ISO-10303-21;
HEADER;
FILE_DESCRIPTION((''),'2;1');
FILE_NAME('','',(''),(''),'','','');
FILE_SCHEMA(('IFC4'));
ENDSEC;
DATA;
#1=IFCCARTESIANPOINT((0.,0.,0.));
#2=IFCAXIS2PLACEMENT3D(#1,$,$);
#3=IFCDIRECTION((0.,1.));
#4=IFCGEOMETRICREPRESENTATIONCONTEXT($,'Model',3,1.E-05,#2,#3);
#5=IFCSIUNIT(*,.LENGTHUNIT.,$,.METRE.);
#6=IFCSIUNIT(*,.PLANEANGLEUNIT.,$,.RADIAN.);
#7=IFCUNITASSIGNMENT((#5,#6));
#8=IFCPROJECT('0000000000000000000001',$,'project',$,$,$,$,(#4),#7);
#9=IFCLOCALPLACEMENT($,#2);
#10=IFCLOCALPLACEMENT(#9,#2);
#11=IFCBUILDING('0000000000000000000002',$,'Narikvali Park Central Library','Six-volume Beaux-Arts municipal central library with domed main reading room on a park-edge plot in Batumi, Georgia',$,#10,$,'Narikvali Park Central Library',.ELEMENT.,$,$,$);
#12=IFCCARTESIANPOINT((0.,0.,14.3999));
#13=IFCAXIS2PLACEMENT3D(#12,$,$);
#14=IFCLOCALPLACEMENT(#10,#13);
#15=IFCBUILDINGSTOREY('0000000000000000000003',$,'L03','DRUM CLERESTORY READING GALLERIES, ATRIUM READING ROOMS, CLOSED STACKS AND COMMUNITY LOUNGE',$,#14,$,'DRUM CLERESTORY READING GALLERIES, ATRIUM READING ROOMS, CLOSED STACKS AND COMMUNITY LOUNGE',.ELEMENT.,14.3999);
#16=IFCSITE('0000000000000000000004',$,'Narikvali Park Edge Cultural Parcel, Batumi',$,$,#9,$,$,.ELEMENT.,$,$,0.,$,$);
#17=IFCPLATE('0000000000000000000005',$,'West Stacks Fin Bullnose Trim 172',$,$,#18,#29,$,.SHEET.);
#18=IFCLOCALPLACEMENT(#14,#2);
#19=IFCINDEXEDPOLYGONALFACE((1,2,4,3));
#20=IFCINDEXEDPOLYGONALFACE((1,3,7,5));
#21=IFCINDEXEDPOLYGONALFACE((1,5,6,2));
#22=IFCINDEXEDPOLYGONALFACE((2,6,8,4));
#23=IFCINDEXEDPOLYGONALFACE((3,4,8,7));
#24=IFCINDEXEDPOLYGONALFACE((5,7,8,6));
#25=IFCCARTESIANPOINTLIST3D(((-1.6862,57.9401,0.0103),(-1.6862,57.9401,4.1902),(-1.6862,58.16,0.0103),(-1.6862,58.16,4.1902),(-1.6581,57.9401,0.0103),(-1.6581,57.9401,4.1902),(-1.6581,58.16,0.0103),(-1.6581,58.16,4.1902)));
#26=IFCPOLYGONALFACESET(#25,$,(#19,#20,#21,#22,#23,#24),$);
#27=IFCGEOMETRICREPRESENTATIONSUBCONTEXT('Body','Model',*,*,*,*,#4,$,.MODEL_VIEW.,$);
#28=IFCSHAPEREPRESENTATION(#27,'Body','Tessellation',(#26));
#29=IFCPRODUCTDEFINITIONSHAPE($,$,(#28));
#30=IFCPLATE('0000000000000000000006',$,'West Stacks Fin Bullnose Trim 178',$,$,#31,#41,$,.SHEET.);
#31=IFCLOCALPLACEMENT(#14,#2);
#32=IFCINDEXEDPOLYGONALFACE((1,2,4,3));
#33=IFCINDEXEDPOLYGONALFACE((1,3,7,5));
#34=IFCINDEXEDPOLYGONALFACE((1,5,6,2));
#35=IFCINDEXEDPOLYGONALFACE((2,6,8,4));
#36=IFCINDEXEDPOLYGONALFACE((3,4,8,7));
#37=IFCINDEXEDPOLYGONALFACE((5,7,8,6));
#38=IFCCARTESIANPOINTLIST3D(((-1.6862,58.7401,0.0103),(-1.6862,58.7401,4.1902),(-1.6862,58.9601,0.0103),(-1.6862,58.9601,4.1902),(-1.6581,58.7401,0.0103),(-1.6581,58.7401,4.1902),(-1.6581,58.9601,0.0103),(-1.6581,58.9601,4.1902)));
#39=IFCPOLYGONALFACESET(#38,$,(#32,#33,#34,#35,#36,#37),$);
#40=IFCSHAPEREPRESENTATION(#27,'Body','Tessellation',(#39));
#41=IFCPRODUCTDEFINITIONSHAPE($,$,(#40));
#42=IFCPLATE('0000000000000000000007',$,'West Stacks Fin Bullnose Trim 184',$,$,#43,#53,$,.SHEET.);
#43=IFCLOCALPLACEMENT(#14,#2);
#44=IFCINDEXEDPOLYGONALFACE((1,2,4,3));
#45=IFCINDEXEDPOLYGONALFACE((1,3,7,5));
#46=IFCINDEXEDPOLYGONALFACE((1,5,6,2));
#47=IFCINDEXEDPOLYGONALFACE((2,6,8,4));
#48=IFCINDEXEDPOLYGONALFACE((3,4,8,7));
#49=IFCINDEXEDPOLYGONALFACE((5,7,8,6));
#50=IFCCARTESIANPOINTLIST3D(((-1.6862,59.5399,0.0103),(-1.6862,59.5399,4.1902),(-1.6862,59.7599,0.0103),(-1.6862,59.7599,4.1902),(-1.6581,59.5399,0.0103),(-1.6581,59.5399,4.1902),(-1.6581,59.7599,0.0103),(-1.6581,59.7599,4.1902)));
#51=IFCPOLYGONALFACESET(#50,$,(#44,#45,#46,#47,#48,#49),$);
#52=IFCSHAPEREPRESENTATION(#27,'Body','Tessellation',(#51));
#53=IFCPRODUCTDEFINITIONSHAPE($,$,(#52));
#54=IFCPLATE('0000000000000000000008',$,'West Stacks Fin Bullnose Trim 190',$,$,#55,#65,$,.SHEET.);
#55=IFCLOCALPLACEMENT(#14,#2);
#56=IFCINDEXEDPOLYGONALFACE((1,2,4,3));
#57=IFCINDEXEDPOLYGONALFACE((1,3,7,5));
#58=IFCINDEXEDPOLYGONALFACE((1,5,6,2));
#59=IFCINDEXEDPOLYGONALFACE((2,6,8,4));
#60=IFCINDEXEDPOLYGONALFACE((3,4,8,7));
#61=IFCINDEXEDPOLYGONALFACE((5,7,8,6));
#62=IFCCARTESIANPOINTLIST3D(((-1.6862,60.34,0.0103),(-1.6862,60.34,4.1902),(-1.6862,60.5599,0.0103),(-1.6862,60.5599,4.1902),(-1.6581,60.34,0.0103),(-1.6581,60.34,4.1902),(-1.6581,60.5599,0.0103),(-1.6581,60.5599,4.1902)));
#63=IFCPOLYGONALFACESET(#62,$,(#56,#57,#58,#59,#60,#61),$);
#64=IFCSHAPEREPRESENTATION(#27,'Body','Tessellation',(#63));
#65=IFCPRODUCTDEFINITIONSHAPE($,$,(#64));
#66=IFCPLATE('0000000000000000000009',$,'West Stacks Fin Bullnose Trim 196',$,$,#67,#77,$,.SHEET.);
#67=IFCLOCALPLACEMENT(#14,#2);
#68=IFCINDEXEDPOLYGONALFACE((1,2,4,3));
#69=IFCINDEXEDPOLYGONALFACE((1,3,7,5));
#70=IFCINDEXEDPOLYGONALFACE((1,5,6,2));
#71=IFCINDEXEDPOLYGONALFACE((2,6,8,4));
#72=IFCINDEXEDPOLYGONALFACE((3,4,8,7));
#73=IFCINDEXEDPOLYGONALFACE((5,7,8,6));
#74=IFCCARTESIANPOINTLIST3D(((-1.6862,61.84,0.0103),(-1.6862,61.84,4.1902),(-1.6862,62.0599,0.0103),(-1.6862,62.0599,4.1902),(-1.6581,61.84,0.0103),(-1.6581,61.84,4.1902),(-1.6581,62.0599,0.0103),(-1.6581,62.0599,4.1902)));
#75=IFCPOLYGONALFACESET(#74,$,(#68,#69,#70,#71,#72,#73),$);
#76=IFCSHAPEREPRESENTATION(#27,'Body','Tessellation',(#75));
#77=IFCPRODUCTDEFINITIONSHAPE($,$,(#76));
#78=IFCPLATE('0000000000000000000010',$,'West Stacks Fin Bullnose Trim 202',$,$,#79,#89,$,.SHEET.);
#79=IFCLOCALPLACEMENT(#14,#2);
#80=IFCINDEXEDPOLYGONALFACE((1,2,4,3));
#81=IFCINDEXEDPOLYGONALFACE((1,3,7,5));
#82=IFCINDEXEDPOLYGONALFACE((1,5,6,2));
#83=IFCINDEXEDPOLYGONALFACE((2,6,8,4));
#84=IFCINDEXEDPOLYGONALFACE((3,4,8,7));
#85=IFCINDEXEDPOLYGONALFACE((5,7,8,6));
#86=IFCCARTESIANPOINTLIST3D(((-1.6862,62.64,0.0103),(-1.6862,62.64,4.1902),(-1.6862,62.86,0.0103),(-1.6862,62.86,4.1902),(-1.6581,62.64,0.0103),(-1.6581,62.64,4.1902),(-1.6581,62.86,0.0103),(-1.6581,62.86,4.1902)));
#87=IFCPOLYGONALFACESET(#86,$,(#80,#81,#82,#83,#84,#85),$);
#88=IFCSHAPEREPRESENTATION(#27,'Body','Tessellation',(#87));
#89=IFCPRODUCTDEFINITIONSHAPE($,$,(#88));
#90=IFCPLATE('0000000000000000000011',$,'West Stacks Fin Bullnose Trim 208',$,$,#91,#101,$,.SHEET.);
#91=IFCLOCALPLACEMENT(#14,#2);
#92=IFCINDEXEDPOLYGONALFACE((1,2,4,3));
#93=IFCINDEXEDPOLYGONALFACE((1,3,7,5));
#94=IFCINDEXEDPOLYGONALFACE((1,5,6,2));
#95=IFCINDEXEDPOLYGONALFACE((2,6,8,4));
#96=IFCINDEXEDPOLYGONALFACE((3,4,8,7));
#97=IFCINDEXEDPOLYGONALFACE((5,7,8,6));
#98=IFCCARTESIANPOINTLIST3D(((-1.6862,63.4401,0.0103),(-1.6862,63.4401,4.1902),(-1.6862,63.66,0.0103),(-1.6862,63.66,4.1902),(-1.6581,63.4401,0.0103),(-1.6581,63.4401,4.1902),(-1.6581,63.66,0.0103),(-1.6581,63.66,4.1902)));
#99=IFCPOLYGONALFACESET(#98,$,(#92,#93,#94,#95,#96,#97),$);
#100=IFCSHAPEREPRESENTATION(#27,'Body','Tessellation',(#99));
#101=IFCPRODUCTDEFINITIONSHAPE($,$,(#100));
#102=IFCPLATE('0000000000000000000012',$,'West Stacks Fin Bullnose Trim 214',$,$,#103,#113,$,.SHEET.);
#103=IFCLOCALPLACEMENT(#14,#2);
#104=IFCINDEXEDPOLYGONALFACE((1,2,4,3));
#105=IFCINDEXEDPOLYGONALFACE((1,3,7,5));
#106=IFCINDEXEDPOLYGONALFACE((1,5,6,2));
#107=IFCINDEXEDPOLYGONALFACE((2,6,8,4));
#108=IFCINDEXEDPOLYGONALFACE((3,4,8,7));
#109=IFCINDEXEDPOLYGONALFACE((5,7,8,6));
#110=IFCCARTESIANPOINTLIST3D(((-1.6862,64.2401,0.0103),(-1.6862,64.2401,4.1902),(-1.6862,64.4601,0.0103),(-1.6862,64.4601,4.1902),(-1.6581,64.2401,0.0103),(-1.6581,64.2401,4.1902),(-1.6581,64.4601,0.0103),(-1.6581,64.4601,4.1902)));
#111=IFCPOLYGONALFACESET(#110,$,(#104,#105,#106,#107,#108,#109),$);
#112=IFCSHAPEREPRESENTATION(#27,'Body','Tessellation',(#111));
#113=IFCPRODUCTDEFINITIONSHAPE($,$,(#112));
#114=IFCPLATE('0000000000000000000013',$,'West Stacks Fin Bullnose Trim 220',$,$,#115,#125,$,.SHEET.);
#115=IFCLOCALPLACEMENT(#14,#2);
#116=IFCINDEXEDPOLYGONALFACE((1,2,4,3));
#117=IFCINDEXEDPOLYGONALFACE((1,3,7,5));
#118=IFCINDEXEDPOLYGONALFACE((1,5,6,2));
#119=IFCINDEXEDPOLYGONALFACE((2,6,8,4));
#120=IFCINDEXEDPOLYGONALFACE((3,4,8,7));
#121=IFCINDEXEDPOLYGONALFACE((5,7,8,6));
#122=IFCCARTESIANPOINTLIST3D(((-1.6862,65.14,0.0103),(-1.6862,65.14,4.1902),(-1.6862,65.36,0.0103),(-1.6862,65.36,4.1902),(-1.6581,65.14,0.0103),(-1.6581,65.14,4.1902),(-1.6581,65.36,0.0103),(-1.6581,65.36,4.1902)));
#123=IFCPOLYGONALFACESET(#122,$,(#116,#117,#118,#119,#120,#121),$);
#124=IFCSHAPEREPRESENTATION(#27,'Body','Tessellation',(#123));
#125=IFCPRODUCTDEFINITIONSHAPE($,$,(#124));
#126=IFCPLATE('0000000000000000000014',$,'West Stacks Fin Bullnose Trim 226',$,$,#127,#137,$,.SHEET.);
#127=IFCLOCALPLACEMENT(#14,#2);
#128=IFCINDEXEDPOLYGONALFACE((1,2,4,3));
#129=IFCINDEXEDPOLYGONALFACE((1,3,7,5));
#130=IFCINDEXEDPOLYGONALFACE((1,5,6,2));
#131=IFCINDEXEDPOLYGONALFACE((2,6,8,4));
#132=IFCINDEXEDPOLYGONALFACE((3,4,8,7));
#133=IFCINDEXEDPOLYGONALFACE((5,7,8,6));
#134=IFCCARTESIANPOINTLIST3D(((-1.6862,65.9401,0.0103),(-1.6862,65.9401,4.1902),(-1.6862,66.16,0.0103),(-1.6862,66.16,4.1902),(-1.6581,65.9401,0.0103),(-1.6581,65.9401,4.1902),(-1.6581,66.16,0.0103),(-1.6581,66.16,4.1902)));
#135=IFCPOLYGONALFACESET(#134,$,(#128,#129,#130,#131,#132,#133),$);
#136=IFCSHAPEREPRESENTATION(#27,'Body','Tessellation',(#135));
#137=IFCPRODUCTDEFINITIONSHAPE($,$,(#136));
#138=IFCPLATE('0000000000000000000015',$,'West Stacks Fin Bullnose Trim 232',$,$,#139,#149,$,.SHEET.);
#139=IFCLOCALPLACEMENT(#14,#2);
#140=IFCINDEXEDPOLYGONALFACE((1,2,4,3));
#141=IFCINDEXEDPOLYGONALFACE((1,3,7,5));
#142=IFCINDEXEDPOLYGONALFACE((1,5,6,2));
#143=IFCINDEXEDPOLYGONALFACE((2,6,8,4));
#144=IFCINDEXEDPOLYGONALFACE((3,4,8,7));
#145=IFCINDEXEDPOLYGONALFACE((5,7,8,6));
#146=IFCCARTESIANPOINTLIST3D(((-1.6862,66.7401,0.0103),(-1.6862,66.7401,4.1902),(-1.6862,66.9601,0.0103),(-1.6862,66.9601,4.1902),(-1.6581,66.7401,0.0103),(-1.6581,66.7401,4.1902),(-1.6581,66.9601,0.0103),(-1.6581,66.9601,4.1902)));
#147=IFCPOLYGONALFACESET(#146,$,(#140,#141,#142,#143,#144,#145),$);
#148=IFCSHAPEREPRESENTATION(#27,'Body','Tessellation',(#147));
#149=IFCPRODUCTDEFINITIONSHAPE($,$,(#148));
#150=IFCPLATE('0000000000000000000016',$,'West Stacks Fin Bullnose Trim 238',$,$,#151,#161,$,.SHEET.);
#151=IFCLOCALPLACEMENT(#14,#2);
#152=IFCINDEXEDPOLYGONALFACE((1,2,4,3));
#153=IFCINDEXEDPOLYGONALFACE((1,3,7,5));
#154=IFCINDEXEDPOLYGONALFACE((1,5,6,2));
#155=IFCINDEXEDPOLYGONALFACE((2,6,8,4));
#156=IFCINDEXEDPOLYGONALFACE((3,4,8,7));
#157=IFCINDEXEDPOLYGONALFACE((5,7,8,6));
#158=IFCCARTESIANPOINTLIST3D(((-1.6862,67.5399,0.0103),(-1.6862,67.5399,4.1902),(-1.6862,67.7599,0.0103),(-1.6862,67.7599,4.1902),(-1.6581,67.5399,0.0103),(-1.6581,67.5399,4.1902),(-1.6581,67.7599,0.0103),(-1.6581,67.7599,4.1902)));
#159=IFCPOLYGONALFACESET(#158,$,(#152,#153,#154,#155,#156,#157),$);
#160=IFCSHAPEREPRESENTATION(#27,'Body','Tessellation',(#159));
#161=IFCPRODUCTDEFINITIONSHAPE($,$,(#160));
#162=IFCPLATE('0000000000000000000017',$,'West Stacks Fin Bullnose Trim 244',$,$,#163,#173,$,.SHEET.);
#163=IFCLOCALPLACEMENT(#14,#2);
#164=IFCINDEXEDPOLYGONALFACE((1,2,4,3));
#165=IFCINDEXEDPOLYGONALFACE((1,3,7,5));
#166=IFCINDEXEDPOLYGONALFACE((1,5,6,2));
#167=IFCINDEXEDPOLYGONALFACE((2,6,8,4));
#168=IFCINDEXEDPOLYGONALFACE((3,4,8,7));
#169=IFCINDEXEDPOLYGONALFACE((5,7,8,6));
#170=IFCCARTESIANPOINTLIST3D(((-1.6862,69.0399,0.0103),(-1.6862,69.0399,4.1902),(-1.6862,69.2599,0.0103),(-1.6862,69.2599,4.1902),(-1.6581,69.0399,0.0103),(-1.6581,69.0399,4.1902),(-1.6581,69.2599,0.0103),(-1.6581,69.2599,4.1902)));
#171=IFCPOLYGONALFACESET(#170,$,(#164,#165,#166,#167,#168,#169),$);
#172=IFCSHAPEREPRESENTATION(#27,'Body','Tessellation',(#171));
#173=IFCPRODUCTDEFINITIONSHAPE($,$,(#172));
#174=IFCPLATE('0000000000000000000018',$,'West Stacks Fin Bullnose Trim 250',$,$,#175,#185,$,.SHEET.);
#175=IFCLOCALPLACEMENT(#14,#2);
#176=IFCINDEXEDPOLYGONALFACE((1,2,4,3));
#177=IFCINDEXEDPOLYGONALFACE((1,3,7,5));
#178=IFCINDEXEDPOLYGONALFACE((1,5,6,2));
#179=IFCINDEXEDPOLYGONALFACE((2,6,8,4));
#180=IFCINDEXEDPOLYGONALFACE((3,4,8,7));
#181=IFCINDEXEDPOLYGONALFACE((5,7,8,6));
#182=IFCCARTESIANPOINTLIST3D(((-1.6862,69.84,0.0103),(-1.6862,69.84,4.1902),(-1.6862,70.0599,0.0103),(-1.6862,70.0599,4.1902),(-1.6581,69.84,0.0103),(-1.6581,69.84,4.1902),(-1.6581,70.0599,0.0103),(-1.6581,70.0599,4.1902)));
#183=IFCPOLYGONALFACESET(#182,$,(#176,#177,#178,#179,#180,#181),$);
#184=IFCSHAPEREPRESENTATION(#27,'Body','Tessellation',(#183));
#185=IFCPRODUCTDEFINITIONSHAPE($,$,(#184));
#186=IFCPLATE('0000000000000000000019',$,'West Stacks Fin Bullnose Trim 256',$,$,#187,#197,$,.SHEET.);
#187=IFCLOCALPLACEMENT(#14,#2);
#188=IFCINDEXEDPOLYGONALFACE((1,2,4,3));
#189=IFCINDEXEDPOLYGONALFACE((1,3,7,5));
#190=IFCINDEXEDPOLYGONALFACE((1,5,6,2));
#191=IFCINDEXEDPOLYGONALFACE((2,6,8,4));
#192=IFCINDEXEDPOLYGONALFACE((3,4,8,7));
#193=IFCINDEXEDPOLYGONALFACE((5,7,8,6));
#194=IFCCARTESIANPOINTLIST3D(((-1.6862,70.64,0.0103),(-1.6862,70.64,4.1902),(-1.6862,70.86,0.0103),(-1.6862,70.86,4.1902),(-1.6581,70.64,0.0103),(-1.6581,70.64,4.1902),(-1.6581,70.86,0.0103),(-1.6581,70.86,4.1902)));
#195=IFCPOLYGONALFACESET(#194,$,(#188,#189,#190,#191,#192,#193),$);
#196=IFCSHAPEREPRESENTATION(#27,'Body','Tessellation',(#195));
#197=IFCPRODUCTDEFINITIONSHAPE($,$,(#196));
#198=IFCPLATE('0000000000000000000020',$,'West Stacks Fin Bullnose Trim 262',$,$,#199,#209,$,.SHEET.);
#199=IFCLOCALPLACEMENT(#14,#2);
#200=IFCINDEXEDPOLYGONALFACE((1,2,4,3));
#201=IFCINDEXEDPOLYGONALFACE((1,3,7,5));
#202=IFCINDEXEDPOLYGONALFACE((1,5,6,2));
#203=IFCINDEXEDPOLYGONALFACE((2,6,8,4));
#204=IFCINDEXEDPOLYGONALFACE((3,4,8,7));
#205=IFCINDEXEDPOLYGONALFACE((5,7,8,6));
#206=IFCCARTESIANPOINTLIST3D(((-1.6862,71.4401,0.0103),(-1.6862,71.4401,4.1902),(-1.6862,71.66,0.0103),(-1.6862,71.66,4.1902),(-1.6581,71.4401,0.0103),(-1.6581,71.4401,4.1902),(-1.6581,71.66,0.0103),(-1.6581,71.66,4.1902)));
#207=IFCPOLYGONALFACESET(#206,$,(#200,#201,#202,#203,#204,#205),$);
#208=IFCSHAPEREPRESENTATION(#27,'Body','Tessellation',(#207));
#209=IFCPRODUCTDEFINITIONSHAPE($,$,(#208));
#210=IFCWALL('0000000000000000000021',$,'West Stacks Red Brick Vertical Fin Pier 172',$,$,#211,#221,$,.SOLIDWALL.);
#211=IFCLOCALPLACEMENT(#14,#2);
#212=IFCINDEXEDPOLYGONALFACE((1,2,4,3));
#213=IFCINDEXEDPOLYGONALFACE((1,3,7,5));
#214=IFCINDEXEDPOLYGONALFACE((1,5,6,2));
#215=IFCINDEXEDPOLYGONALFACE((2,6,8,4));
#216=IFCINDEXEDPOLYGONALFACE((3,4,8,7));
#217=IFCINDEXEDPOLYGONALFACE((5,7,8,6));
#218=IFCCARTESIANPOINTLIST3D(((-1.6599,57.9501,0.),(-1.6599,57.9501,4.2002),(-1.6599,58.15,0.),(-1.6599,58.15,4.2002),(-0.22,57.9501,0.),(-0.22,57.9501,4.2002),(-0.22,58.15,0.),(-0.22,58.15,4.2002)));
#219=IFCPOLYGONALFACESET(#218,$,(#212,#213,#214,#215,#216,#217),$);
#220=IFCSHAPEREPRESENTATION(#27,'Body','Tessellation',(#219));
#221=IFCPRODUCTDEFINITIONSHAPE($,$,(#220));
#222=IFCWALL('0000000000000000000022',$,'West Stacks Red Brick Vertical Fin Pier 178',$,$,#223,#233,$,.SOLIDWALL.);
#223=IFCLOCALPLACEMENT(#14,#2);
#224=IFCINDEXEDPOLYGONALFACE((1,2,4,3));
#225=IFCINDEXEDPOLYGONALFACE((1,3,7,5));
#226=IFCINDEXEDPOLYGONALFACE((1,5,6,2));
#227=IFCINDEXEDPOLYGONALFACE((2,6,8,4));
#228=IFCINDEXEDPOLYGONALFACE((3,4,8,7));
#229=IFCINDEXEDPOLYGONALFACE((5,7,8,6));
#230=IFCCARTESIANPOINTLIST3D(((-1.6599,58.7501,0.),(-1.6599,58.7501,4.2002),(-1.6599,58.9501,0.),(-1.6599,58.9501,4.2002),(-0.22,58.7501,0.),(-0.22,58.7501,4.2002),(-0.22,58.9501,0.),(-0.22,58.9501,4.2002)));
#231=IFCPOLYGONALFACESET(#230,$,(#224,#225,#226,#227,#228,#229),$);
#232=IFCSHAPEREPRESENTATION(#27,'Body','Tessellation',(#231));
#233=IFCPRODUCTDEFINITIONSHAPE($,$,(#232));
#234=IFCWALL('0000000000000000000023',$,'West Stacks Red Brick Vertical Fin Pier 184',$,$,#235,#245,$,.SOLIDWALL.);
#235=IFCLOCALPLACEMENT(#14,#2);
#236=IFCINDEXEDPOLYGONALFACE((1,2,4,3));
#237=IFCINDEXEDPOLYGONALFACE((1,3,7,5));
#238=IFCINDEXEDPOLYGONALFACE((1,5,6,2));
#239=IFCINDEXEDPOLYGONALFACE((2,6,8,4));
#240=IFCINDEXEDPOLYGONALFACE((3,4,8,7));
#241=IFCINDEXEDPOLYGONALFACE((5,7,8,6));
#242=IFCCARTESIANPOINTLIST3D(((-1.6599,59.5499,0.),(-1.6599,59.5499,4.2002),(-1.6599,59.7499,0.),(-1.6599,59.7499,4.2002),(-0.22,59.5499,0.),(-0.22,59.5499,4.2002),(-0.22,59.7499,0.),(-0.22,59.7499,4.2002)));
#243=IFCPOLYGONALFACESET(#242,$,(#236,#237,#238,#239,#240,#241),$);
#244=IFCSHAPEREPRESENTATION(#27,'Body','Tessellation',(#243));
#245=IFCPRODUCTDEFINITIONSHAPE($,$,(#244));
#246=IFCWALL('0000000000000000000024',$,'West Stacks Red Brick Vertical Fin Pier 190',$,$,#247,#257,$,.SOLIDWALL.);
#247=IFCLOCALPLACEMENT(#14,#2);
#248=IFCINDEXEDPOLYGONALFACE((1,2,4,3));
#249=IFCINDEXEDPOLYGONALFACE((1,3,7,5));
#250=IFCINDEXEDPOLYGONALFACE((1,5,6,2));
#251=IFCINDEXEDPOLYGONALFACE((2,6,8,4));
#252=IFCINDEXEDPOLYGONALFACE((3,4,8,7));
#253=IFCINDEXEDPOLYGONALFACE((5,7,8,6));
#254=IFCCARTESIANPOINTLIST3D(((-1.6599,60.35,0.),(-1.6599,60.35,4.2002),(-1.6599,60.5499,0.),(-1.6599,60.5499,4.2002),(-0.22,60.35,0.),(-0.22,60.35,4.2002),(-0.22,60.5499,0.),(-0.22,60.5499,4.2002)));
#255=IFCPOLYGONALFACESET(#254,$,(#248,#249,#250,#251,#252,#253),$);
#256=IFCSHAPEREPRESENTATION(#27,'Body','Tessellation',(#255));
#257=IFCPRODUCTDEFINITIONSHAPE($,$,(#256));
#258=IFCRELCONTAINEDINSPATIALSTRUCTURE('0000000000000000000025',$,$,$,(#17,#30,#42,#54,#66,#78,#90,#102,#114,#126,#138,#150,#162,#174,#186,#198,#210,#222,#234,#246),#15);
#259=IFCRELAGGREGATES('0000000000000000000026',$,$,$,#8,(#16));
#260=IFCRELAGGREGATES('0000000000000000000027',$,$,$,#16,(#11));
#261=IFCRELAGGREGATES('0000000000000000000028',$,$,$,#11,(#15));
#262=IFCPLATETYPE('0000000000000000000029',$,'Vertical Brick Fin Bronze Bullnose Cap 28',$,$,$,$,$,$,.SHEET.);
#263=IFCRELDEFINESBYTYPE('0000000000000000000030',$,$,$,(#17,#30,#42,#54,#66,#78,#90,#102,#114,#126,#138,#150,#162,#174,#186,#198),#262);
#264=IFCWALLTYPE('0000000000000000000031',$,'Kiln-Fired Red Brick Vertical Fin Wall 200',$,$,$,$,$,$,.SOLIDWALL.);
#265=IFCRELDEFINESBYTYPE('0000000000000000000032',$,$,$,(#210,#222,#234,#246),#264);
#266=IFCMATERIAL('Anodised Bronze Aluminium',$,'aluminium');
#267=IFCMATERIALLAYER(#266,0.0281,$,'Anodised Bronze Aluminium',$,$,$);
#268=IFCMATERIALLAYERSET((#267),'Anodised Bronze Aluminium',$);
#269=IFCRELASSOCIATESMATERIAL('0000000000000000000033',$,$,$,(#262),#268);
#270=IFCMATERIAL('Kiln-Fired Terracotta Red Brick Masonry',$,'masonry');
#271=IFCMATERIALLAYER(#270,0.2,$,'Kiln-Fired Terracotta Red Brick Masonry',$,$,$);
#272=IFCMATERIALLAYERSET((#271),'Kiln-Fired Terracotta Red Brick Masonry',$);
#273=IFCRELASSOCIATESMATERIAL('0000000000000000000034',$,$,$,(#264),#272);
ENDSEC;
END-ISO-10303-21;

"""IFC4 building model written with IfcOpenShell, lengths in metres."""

from ifc_helpers import new_model, si_unit, direction, frame, frame_2d, origin, origin_2d, place, context, subcontext, project, spatial, rectangle, extrude, material, layer, layer_set, type_object, element, save


model = new_model("IFC4")

# Units and contexts
model_context = context("Model", 3, precision=1e-05, world=origin(), true_north=direction((0.0, 1.0)))
body_context = subcontext(model_context, "Body", "Model", "MODEL_VIEW")
ifc_project = project(units=[si_unit("LENGTHUNIT", "METRE"), si_unit("PLANEANGLEUNIT", "RADIAN")], contexts=[model_context])

# Site, building, storey
site_placement = place(None, origin())
site = spatial("IfcSite", under=ifc_project, at=site_placement, Name="Narikvali Park Edge Cultural Parcel, Batumi", CompositionType="ELEMENT", RefElevation=0.0)
building_placement = place(site_placement, origin())
building = spatial("IfcBuilding", under=site, at=building_placement, Name="Narikvali Park Central Library", Description="Six-volume Beaux-Arts municipal central library with domed main reading room on a park-edge plot in Batumi, Georgia", LongName="Narikvali Park Central Library", CompositionType="ELEMENT")
storey_placement = place(building_placement, frame((0.0, 0.0, 14.3999)))
storey = spatial("IfcBuildingStorey", under=building, at=storey_placement, Name="L03", Description="DRUM CLERESTORY READING GALLERIES, ATRIUM READING ROOMS, CLOSED STACKS AND COMMUNITY LOUNGE", LongName="DRUM CLERESTORY READING GALLERIES, ATRIUM READING ROOMS, CLOSED STACKS AND COMMUNITY LOUNGE", CompositionType="ELEMENT", Elevation=14.3999)

# Plates
ifc_material_1 = material(Name="Anodised Bronze Aluminium", Category="aluminium")
ifc_layer_1 = layer(ifc_material_1, 0.0281, Name="Anodised Bronze Aluminium")
ifc_layer_set_1 = layer_set([ifc_layer_1], Name="Anodised Bronze Aluminium")
plate_type = type_object("IfcPlateType", Name="Vertical Brick Fin Bronze Bullnose Cap 28", PredefinedType="SHEET", material=ifc_layer_set_1)
for number, where, z_axis, x_axis, name in (
    (1, (-1.6721, 58.05, 0.0103), (0.0, 0.0, 1.0), (1.0, 0.0, 0.0), "West Stacks Fin Bullnose Trim 172"),
    (2, (-1.6721, 58.8501, 0.0103), (0.0, 0.0, 1.0), (1.0, 0.0, 0.0), "West Stacks Fin Bullnose Trim 178"),
    (3, (-1.6721, 59.6499, 0.0103), (0.0, 0.0, 1.0), (1.0, 0.0, 0.0), "West Stacks Fin Bullnose Trim 184"),
    (4, (-1.6721, 60.45, 0.0103), (0.0, 0.0, 1.0), (1.0, 0.0, 0.0), "West Stacks Fin Bullnose Trim 190"),
    (5, (-1.6721, 61.95, 0.0103), (0.0, 0.0, 1.0), (1.0, 0.0, 0.0), "West Stacks Fin Bullnose Trim 196"),
    (6, (-1.6721, 62.75, 0.0103), (0.0, 0.0, 1.0), (1.0, 0.0, 0.0), "West Stacks Fin Bullnose Trim 202"),
    (7, (-1.6721, 63.55, 0.0103), (0.0, 0.0, 1.0), (1.0, 0.0, 0.0), "West Stacks Fin Bullnose Trim 208"),
    (8, (-1.6721, 64.3501, 0.0103), (0.0, 0.0, 1.0), (1.0, 0.0, 0.0), "West Stacks Fin Bullnose Trim 214"),
    (9, (-1.6721, 65.25, 0.0103), (0.0, 0.0, 1.0), (1.0, 0.0, 0.0), "West Stacks Fin Bullnose Trim 220"),
    (10, (-1.6721, 66.05, 0.0103), (0.0, 0.0, 1.0), (1.0, 0.0, 0.0), "West Stacks Fin Bullnose Trim 226"),
    (11, (-1.6721, 66.8501, 0.0103), (0.0, 0.0, 1.0), (1.0, 0.0, 0.0), "West Stacks Fin Bullnose Trim 232"),
    (12, (-1.6721, 67.6499, 0.0103), (0.0, 0.0, 1.0), (1.0, 0.0, 0.0), "West Stacks Fin Bullnose Trim 238"),
    (13, (-1.6721, 69.1499, 0.0103), (0.0, 0.0, 1.0), (1.0, 0.0, 0.0), "West Stacks Fin Bullnose Trim 244"),
    (14, (-1.6721, 69.95, 0.0103), (0.0, 0.0, 1.0), (1.0, 0.0, 0.0), "West Stacks Fin Bullnose Trim 250"),
    (15, (-1.6721, 70.75, 0.0103), (0.0, 0.0, 1.0), (1.0, 0.0, 0.0), "West Stacks Fin Bullnose Trim 256"),
    (16, (-1.6721, 71.55, 0.0103), (0.0, 0.0, 1.0), (1.0, 0.0, 0.0), "West Stacks Fin Bullnose Trim 262"),
):
    element("IfcPlate", number, at=place(storey_placement, frame(where, z_axis=z_axis, x_axis=x_axis)), inside=storey, type_object=plate_type, Name=name, PredefinedType="SHEET", context=body_context, shape_type="SweptSolid", body=[
        extrude(rectangle(XDim=0.0281, YDim=0.22, at=origin_2d()), origin(), (0.0, 0.0, 1.0), 4.1799),
    ])

# Walls
ifc_material_2 = material(Name="Kiln-Fired Terracotta Red Brick Masonry", Category="masonry")
ifc_layer_2 = layer(ifc_material_2, 0.2, Name="Kiln-Fired Terracotta Red Brick Masonry")
ifc_layer_set_2 = layer_set([ifc_layer_2], Name="Kiln-Fired Terracotta Red Brick Masonry")
wall_type = type_object("IfcWallType", Name="Kiln-Fired Red Brick Vertical Fin Wall 200", PredefinedType="SOLIDWALL", material=ifc_layer_set_2)
for number, where, z_axis, x_axis, name in (
    (17, (-1.6599, 58.05, 0.0), (0.0, 0.0, 1.0), (1.0, 0.0, 0.0), "West Stacks Red Brick Vertical Fin Pier 172"),
    (18, (-1.6599, 58.8501, 0.0), (0.0, 0.0, 1.0), (1.0, 0.0, 0.0), "West Stacks Red Brick Vertical Fin Pier 178"),
    (19, (-1.6599, 59.6499, 0.0), (0.0, 0.0, 1.0), (1.0, 0.0, 0.0), "West Stacks Red Brick Vertical Fin Pier 184"),
    (20, (-1.6599, 60.45, 0.0), (0.0, 0.0, 1.0), (1.0, 0.0, 0.0), "West Stacks Red Brick Vertical Fin Pier 190"),
):
    element("IfcWall", number, at=place(storey_placement, frame(where, z_axis=z_axis, x_axis=x_axis)), inside=storey, type_object=wall_type, Name=name, PredefinedType="SOLIDWALL", context=body_context, shape_type="SweptSolid", body=[
        extrude(rectangle(XDim=1.4399, YDim=0.2, at=frame_2d((0.72, 0.0))), origin(), (0.0, 0.0, 1.0), 4.2002),
    ])

save(model, "model.ifc")
